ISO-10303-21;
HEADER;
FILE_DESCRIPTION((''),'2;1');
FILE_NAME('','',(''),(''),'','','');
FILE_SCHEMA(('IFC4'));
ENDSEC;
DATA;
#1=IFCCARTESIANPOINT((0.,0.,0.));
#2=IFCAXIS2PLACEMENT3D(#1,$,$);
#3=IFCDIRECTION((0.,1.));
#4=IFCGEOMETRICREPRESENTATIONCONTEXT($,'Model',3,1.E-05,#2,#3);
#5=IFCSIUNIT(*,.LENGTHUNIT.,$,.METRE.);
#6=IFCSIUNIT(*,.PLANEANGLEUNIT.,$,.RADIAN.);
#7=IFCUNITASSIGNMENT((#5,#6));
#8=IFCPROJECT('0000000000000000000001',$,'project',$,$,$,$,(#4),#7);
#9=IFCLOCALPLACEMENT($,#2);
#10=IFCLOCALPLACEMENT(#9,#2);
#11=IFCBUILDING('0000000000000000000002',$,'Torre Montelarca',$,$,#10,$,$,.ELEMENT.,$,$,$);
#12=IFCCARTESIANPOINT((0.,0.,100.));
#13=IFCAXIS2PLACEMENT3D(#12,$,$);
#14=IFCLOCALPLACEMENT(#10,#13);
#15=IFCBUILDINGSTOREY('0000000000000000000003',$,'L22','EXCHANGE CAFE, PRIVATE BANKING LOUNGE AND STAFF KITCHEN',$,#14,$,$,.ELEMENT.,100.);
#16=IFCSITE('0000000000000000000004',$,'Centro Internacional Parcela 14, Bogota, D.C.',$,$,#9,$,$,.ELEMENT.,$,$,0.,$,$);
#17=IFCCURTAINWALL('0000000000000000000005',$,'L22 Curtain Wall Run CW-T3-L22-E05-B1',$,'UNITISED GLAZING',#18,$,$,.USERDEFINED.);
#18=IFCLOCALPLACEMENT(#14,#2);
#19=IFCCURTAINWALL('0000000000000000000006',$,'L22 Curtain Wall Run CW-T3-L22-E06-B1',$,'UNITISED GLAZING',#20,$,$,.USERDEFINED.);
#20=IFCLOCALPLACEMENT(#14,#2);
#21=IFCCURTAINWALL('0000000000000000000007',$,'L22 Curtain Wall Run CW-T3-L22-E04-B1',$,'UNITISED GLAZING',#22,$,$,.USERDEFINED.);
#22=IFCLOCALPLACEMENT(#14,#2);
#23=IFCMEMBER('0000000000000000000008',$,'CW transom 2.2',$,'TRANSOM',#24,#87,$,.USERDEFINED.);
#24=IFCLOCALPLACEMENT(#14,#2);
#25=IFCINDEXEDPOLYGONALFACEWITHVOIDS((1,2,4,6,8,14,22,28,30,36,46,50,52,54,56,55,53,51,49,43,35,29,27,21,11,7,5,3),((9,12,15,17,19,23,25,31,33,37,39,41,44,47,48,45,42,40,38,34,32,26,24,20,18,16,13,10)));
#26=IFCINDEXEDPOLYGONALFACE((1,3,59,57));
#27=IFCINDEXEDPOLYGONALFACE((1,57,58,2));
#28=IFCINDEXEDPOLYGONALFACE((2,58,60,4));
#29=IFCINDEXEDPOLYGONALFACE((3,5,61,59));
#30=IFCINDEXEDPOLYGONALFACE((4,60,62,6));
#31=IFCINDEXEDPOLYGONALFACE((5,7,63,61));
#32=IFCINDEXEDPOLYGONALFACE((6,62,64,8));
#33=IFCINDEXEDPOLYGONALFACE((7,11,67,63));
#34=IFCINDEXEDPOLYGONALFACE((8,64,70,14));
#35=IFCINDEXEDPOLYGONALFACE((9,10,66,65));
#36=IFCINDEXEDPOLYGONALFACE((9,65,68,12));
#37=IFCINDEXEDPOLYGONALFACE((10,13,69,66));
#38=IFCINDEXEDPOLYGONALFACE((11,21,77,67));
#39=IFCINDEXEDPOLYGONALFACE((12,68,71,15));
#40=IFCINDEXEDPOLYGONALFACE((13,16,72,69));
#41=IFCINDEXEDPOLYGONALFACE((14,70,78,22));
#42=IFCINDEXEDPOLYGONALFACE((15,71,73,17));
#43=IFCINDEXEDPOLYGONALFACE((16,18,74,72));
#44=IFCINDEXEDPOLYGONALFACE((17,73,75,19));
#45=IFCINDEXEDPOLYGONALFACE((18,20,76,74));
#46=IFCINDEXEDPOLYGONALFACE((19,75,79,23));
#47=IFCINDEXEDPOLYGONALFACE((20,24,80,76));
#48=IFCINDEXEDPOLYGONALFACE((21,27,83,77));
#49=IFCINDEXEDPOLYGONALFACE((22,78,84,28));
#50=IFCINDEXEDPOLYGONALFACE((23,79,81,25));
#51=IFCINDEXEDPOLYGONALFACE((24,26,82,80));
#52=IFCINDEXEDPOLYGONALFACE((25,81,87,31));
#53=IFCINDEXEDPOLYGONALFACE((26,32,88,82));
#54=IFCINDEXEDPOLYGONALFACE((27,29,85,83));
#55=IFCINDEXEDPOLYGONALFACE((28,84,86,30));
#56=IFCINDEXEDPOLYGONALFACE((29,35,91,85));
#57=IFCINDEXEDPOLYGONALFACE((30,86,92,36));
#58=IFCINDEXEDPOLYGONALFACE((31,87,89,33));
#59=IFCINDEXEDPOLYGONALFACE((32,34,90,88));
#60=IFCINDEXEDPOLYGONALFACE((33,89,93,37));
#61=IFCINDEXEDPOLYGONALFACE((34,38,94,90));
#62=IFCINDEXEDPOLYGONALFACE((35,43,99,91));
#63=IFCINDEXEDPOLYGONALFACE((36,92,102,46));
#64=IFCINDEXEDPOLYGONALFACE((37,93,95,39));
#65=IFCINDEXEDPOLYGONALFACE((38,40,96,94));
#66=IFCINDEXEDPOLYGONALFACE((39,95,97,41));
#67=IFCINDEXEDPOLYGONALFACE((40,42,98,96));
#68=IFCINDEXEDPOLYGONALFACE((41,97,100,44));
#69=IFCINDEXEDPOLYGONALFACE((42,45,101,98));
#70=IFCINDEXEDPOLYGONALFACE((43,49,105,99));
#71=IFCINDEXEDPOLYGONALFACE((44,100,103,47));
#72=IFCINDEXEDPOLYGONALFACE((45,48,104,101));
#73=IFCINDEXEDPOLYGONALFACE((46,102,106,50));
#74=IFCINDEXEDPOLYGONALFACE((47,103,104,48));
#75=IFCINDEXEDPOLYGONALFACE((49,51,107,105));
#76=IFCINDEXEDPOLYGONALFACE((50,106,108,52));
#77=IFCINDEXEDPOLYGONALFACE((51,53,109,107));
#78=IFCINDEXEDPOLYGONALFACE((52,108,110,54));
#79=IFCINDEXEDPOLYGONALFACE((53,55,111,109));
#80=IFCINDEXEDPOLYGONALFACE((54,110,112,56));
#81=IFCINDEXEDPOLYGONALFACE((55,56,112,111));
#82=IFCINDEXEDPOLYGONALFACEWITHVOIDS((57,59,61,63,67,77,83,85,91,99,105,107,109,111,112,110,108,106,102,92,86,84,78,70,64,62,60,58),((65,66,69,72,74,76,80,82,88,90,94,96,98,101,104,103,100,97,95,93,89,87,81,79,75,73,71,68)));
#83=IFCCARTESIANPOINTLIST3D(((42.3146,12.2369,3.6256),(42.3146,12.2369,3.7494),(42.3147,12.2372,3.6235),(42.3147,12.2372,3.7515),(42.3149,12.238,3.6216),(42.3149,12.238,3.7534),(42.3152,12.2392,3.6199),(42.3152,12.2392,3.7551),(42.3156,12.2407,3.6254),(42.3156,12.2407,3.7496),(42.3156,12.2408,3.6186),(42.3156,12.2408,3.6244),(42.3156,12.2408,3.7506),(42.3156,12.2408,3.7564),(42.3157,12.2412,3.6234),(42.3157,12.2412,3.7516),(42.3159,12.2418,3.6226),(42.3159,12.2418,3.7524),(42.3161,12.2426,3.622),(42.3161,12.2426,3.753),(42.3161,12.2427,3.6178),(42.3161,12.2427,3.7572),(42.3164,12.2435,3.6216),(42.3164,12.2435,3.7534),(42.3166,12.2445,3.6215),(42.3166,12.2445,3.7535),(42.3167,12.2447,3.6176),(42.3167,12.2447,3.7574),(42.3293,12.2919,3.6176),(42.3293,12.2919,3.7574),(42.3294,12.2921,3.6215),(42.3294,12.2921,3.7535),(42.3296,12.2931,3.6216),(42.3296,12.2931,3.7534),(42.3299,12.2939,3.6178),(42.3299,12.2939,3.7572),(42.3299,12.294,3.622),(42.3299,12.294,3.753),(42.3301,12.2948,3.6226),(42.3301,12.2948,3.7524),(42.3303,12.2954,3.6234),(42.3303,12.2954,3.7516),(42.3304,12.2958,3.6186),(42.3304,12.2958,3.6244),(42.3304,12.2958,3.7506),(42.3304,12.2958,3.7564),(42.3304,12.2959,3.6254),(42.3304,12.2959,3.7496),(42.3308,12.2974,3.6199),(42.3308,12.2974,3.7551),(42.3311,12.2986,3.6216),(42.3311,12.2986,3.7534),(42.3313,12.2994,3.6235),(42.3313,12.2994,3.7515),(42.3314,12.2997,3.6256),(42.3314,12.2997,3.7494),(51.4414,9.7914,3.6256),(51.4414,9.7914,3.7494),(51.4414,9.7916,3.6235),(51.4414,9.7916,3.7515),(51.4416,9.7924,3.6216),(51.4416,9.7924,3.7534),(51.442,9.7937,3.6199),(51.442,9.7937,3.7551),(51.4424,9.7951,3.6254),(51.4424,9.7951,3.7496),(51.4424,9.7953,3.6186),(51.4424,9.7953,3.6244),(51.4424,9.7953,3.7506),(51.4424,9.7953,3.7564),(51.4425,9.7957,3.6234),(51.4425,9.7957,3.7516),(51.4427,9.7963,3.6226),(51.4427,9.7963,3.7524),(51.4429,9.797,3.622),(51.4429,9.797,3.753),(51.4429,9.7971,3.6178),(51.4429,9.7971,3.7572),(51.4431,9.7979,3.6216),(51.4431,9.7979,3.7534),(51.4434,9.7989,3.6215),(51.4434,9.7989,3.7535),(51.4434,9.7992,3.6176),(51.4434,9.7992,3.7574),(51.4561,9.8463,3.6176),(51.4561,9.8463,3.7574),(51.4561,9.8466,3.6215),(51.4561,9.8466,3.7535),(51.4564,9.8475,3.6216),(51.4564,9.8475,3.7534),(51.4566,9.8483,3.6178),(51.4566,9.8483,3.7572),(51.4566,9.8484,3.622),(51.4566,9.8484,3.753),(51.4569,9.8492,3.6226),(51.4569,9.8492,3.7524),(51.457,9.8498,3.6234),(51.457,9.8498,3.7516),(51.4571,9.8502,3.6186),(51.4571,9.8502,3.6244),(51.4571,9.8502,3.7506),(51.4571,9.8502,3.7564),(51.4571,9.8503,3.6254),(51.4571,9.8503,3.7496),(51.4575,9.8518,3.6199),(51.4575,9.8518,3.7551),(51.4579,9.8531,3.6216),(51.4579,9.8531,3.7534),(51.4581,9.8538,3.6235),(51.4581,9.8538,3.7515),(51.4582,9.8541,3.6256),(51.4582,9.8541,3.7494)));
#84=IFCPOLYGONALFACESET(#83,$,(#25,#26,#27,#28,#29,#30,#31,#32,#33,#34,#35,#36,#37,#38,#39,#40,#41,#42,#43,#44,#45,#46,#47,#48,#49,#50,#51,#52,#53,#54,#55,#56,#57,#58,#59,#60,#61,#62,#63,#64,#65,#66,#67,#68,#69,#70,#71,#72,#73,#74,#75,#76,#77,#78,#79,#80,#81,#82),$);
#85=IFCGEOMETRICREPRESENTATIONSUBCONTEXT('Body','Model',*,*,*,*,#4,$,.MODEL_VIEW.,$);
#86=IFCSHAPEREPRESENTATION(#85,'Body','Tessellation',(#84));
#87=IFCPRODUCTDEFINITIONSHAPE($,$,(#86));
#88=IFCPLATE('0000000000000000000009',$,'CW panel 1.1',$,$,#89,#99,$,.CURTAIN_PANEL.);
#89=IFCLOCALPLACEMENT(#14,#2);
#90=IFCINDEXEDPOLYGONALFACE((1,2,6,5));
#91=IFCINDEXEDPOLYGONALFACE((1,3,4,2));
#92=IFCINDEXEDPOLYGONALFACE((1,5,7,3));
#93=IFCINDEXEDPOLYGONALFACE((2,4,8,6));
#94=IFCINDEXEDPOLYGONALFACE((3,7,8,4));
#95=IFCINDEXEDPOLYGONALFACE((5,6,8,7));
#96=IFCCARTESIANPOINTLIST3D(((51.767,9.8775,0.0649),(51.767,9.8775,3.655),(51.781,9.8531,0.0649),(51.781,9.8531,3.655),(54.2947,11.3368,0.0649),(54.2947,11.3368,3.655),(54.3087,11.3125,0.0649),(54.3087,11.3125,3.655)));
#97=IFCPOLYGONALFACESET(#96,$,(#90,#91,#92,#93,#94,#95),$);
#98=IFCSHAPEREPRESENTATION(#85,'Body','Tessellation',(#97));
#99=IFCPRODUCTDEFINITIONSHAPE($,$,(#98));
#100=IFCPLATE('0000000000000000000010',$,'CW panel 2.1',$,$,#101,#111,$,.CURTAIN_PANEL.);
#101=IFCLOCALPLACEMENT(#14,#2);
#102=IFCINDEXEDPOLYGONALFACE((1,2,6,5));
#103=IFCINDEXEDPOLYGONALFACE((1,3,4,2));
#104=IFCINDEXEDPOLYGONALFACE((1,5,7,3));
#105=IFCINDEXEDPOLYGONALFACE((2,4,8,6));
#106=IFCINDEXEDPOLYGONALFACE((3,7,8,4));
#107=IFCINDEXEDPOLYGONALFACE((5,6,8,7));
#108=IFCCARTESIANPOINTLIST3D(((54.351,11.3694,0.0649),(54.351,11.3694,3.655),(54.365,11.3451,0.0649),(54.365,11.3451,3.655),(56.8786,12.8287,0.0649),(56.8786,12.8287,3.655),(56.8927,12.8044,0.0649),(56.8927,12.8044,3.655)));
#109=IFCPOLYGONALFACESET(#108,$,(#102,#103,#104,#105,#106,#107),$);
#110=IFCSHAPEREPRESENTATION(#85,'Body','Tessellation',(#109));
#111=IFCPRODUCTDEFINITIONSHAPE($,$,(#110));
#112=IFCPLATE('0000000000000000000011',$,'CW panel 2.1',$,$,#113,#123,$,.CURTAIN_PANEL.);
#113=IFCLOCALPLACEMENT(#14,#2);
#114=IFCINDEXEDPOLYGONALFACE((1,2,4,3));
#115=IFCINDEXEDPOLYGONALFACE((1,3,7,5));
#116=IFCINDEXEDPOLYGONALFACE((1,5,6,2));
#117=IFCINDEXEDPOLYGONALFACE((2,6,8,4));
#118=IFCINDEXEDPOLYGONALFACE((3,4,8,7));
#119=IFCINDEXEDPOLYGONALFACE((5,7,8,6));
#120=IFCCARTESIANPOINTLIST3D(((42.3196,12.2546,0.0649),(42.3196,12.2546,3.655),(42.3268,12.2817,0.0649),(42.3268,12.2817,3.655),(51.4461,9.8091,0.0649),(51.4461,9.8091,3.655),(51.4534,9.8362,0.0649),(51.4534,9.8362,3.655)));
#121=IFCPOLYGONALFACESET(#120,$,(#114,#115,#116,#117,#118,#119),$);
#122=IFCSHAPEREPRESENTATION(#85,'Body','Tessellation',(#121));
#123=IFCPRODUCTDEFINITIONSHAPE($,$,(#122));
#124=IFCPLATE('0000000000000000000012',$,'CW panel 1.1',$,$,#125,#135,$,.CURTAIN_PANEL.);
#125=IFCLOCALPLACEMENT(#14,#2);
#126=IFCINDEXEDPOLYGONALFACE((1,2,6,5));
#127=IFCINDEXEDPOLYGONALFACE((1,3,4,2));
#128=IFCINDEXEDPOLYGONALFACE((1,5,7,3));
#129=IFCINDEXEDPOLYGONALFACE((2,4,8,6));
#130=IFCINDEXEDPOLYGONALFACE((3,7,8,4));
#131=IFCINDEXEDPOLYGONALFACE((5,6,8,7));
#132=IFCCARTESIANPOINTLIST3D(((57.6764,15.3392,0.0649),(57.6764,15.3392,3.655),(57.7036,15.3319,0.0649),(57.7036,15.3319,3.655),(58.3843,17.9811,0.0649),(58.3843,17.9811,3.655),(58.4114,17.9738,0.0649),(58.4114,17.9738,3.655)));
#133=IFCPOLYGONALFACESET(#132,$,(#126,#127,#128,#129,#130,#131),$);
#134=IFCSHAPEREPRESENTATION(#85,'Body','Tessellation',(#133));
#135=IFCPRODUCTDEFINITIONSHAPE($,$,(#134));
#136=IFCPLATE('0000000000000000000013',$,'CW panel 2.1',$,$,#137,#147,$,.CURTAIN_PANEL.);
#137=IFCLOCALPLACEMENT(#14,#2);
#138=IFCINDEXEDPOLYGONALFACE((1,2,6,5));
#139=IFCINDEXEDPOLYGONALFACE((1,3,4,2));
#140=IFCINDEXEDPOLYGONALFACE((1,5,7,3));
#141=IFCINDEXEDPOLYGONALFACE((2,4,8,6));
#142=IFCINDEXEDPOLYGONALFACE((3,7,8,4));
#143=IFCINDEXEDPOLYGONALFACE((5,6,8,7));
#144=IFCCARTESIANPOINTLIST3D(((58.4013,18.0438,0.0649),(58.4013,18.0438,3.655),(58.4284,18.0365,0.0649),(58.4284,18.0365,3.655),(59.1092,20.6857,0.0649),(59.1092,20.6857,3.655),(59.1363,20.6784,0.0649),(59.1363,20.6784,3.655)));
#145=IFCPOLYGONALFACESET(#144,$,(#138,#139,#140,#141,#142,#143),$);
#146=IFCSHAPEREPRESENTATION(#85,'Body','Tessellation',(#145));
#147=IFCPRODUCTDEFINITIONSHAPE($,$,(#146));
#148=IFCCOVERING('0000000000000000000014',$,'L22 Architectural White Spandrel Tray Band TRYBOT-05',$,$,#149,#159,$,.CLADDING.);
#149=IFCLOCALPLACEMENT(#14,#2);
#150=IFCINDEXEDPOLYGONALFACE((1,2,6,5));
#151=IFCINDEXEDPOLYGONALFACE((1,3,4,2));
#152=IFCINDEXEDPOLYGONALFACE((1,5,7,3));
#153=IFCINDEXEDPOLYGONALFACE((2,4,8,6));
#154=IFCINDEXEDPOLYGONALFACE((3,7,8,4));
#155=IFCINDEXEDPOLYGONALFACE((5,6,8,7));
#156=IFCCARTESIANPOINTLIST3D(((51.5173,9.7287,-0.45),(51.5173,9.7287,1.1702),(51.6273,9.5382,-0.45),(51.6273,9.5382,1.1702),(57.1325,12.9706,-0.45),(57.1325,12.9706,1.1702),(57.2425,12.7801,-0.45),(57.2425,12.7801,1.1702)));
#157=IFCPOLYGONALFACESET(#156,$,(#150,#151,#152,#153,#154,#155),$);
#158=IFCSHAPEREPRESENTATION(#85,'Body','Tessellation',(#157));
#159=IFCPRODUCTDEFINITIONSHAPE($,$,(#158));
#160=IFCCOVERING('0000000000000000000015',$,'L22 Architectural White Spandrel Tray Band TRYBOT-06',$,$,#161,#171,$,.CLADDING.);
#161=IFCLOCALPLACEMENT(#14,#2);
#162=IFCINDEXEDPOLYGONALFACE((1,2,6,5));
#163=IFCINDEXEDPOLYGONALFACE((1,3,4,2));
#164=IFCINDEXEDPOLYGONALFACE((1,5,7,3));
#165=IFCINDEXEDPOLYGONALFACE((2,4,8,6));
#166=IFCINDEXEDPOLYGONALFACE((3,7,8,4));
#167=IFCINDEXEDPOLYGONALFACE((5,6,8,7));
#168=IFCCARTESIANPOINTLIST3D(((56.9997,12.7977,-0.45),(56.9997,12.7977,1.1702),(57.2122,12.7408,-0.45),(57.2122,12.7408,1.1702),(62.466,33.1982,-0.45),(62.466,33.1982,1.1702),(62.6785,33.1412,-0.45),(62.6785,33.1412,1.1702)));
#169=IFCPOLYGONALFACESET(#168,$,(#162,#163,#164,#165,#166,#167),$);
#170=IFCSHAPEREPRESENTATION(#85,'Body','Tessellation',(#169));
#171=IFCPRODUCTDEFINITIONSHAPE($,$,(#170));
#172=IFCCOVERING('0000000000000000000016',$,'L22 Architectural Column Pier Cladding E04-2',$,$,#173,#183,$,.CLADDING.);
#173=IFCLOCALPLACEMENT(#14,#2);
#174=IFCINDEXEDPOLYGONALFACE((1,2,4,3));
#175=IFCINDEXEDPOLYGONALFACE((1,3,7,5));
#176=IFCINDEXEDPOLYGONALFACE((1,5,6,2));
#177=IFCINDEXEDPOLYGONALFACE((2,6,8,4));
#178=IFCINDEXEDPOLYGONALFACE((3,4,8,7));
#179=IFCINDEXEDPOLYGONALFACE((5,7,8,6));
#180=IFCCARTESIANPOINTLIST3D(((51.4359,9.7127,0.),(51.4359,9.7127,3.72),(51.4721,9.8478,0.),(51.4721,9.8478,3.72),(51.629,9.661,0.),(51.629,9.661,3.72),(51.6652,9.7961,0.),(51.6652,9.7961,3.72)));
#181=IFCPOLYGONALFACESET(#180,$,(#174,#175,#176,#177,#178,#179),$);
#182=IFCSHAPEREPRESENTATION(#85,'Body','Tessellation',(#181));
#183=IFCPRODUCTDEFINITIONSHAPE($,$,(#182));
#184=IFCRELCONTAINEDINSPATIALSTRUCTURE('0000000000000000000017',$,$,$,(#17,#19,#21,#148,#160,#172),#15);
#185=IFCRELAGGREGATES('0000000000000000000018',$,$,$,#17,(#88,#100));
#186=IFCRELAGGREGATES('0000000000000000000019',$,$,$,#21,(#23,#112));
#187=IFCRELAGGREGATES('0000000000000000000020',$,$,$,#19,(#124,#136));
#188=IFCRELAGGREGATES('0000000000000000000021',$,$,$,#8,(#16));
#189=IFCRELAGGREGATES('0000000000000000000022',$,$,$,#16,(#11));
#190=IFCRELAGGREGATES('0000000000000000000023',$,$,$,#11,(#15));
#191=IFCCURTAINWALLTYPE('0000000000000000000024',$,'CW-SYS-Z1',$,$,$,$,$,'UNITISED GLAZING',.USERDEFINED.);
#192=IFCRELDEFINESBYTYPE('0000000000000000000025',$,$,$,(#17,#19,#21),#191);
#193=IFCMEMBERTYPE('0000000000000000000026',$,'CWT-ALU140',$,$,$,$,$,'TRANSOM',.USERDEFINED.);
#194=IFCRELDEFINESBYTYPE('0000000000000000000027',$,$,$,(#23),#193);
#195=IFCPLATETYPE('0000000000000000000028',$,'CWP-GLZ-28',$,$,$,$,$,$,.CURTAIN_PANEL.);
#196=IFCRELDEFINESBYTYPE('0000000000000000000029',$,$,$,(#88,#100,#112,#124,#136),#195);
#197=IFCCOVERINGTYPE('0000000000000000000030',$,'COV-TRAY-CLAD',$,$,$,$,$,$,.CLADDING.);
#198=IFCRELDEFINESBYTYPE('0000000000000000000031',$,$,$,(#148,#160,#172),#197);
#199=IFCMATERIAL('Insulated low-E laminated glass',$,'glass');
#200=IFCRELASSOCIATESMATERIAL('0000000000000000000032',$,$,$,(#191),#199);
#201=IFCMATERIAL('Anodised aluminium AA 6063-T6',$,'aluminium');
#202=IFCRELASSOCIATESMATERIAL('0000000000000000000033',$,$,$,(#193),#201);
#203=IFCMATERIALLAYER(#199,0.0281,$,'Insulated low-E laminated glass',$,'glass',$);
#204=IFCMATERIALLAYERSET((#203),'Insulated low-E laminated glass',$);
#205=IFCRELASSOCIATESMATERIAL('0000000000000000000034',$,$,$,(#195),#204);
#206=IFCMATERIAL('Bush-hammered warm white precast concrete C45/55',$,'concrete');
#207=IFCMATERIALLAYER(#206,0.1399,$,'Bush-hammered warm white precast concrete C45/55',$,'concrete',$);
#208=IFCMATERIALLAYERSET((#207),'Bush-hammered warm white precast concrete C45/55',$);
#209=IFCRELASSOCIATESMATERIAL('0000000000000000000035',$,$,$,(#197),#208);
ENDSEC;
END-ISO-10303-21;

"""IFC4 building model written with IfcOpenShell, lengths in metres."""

from ifc_helpers import new_model, si_unit, direction, frame, origin, origin_2d, place, context, subcontext, project, spatial, rectangle, hollow_rectangle, extrude, source, transform, mapped, material, layer, layer_set, material_profile, profile_set, type_object, element, aggregate, save


model = new_model("IFC4")

# Units and contexts
model_context = context("Model", 3, precision=1e-05, world=origin(), true_north=direction((0.0, 1.0)))
body_context = subcontext(model_context, "Body", "Model", "MODEL_VIEW")
ifc_project = project(units=[si_unit("LENGTHUNIT", "METRE"), si_unit("PLANEANGLEUNIT", "RADIAN")], contexts=[model_context])

# Site, building, storey
site_placement = place(None, origin())
site = spatial("IfcSite", under=ifc_project, at=site_placement, Name="Centro Internacional Parcela 14, Bogota, D.C.", CompositionType="ELEMENT", RefElevation=0.0)
building_placement = place(site_placement, origin())
building = spatial("IfcBuilding", under=site, at=building_placement, Name="Torre Montelarca", CompositionType="ELEMENT")
storey_placement = place(building_placement, frame((0.0, 0.0, 100.0)))
storey = spatial("IfcBuildingStorey", under=building, at=storey_placement, Name="L22", Description="EXCHANGE CAFE, PRIVATE BANKING LOUNGE AND STAFF KITCHEN", CompositionType="ELEMENT", Elevation=100.0)

# Curtain walls
ifc_material_1 = material(Name="Insulated low-E laminated glass", Category="glass")
curtain_wall_type = type_object("IfcCurtainWallType", Name="CW-SYS-Z1", ElementType="UNITISED GLAZING", PredefinedType="USERDEFINED", material=ifc_material_1)
curtain_wall_1_placement = place(storey_placement, origin())
curtain_wall_1 = element("IfcCurtainWall", 1, at=curtain_wall_1_placement, inside=storey, type_object=curtain_wall_type, Name="L22 Curtain Wall Run CW-T3-L22-E05-B1", ObjectType="UNITISED GLAZING", PredefinedType="USERDEFINED")
ifc_material_2 = material(Name="Anodised aluminium AA 6063-T6", Category="aluminium")
ifc_material_profile_1 = material_profile(ifc_material_2, hollow_rectangle(XDim=0.0649, YDim=0.1399, WallThickness=0.0039, InnerFilletRadius=0.0039, OuterFilletRadius=0.0081, at=origin_2d()), Name="ALU65X140X4", Category="aluminium")
ifc_profile_set_1 = profile_set([ifc_material_profile_1], Name="Anodised aluminium AA 6063-T6")
member_type_1 = type_object("IfcMemberType", Name="CWT-ALU140", ElementType="TRANSOM", PredefinedType="USERDEFINED", material=ifc_profile_set_1)
curtain_wall_2_placement = place(storey_placement, origin())
curtain_wall_2 = element("IfcCurtainWall", 2, at=curtain_wall_2_placement, inside=storey, type_object=curtain_wall_type, Name="L22 Curtain Wall Run CW-T3-L22-E06-B1", ObjectType="UNITISED GLAZING", PredefinedType="USERDEFINED")

# Curtain wall
curtain_wall_3_placement = place(storey_placement, origin())
curtain_wall_3 = element("IfcCurtainWall", 3, at=curtain_wall_3_placement, inside=storey, type_object=curtain_wall_type, Name="L22 Curtain Wall Run CW-T3-L22-E04-B1", ObjectType="UNITISED GLAZING", PredefinedType="USERDEFINED")

# Member
shared_shape_1 = source(origin(), body_context, "Body", "SweptSolid", [
    extrude(hollow_rectangle(XDim=0.0649, YDim=0.1399, WallThickness=0.0039, InnerFilletRadius=0.0039, OuterFilletRadius=0.0081, at=origin_2d()), origin(), (0.0, 0.0, 1.0), 9.4487),
])
member_1_placement = place(storey_placement, frame((42.323, 12.2683, 3.6875), z_axis=(0.965924, -0.258825, 0.0), x_axis=(0.258825, 0.965924, 0.0)))
member_1 = element("IfcMember", 4, at=member_1_placement, type_object=member_type_1, Name="CW transom 2.2", ObjectType="TRANSOM", PredefinedType="USERDEFINED", context=body_context, shape_type="MappedRepresentation", body=[
    mapped(shared_shape_1, transform((0.0, 0.0, 0.0), scale=1.0)),
])

# Plates
ifc_layer_1 = layer(ifc_material_1, 0.0281, Name="Insulated low-E laminated glass", Category="glass")
ifc_layer_set_1 = layer_set([ifc_layer_1], Name="Insulated low-E laminated glass")
plate_type = type_object("IfcPlateType", Name="CWP-GLZ-28", PredefinedType="CURTAIN_PANEL", material=ifc_layer_set_1)
shared_shape_2 = source(origin(), body_context, "Body", "SweptSolid", [
    extrude(rectangle(XDim=2.9187, YDim=0.0281, at=origin_2d()), origin(), (0.0, 0.0, 1.0), 3.5901),
])
plate_1_placement = place(storey_placement, frame((53.0378, 10.595, 0.0649), z_axis=(0.0, 0.0, 1.0), x_axis=(0.866025, 0.500001, 0.0)))
plate_1 = element("IfcPlate", 5, at=plate_1_placement, type_object=plate_type, Name="CW panel 1.1", PredefinedType="CURTAIN_PANEL", context=body_context, shape_type="MappedRepresentation", body=[
    mapped(shared_shape_2, transform((0.0, 0.0, 0.0), scale=1.0)),
])
plate_2_placement = place(storey_placement, frame((55.6218, 12.0869, 0.0649), z_axis=(0.0, 0.0, 1.0), x_axis=(0.866025, 0.500001, 0.0)))
plate_2 = element("IfcPlate", 6, at=plate_2_placement, type_object=plate_type, Name="CW panel 2.1", PredefinedType="CURTAIN_PANEL", context=body_context, shape_type="MappedRepresentation", body=[
    mapped(shared_shape_2, transform((0.0, 0.0, 0.0), scale=1.0)),
])
aggregate(curtain_wall_1, [plate_1, plate_2])
shared_shape_3 = source(origin(), body_context, "Body", "SweptSolid", [
    extrude(rectangle(XDim=9.4485, YDim=0.0281, at=origin_2d()), origin(), (0.0, 0.0, 1.0), 3.5901),
])
plate_3_placement = place(storey_placement, frame((46.8865, 11.0454, 0.0649), z_axis=(0.0, 0.0, 1.0), x_axis=(0.965925, -0.258823, 0.0)))
plate_3 = element("IfcPlate", 7, at=plate_3_placement, type_object=plate_type, Name="CW panel 2.1", PredefinedType="CURTAIN_PANEL", context=body_context, shape_type="MappedRepresentation", body=[
    mapped(shared_shape_3, transform((0.0, 0.0, 0.0), scale=1.0)),
])
aggregate(curtain_wall_3, [member_1, plate_3])
shared_shape_4 = source(origin(), body_context, "Body", "SweptSolid", [
    extrude(rectangle(XDim=2.7351, YDim=0.0281, at=origin_2d()), origin(), (0.0, 0.0, 1.0), 3.5901),
])
plate_4_placement = place(storey_placement, frame((58.0439, 16.6565, 0.0649), z_axis=(0.0, 0.0, 1.0), x_axis=(0.258816, 0.965927, 0.0)))
plate_4 = element("IfcPlate", 8, at=plate_4_placement, type_object=plate_type, Name="CW panel 1.1", PredefinedType="CURTAIN_PANEL", context=body_context, shape_type="MappedRepresentation", body=[
    mapped(shared_shape_4, transform((0.0, 0.0, 0.0), scale=1.0)),
])
plate_5_placement = place(storey_placement, frame((58.7688, 19.3611, 0.0649), z_axis=(0.0, 0.0, 1.0), x_axis=(0.258816, 0.965927, 0.0)))
plate_5 = element("IfcPlate", 9, at=plate_5_placement, type_object=plate_type, Name="CW panel 2.1", PredefinedType="CURTAIN_PANEL", context=body_context, shape_type="MappedRepresentation", body=[
    mapped(shared_shape_4, transform((0.0, 0.0, 0.0), scale=1.0)),
])
aggregate(curtain_wall_2, [plate_4, plate_5])

# Coverings
ifc_material_3 = material(Name="Bush-hammered warm white precast concrete C45/55", Category="concrete")
ifc_layer_2 = layer(ifc_material_3, 0.1399, Name="Bush-hammered warm white precast concrete C45/55", Category="concrete")
ifc_layer_set_2 = layer_set([ifc_layer_2], Name="Bush-hammered warm white precast concrete C45/55")
covering_type = type_object("IfcCoveringType", Name="COV-TRAY-CLAD", PredefinedType="CLADDING", material=ifc_layer_set_2)
shared_shape_5 = source(origin(), body_context, "Body", "SweptSolid", [
    extrude(rectangle(XDim=6.4839, YDim=0.22, at=origin_2d()), origin(), (0.0, 0.0, 1.0), 1.6201),
])
covering_1_placement = place(storey_placement, frame((54.3799, 11.2544, -0.45), z_axis=(0.0, 0.0, 1.0), x_axis=(0.866026, 0.499998, 0.0)))
element("IfcCovering", 10, at=covering_1_placement, inside=storey, type_object=covering_type, Name="L22 Architectural White Spandrel Tray Band TRYBOT-05", PredefinedType="CLADDING", context=body_context, shape_type="MappedRepresentation", body=[
    mapped(shared_shape_5, transform((0.0, 0.0, 0.0), scale=1.0)),
])
shared_shape_6 = source(origin(), body_context, "Body", "SweptSolid", [
    extrude(rectangle(XDim=21.1201, YDim=0.22, at=origin_2d()), origin(), (0.0, 0.0, 1.0), 1.6201),
])
covering_2_placement = place(storey_placement, frame((59.8391, 22.9695, -0.45), z_axis=(0.0, 0.0, 1.0), x_axis=(0.258819, 0.965926, 0.0)))
element("IfcCovering", 11, at=covering_2_placement, inside=storey, type_object=covering_type, Name="L22 Architectural White Spandrel Tray Band TRYBOT-06", PredefinedType="CLADDING", context=body_context, shape_type="MappedRepresentation", body=[
    mapped(shared_shape_6, transform((0.0, 0.0, 0.0), scale=1.0)),
])
shared_shape_7 = source(origin(), body_context, "Body", "SweptSolid", [
    extrude(rectangle(XDim=0.2, YDim=0.1399, at=origin_2d()), origin(), (0.0, 0.0, 1.0), 3.72),
])
for number, where, z_axis, x_axis, name in (
    (12, (51.5505, 9.7544, 0.0), (0.0, 0.0, 1.0), (0.965924, -0.258824, 0.0), "L22 Architectural Column Pier Cladding E04-2"),
):
    element("IfcCovering", number, at=place(storey_placement, frame(where, z_axis=z_axis, x_axis=x_axis)), inside=storey, type_object=covering_type, Name=name, PredefinedType="CLADDING", context=body_context, shape_type="MappedRepresentation", body=[
        mapped(shared_shape_7, transform((0.0, 0.0, 0.0), scale=1.0)),
    ])

save(model, "model.ifc")
